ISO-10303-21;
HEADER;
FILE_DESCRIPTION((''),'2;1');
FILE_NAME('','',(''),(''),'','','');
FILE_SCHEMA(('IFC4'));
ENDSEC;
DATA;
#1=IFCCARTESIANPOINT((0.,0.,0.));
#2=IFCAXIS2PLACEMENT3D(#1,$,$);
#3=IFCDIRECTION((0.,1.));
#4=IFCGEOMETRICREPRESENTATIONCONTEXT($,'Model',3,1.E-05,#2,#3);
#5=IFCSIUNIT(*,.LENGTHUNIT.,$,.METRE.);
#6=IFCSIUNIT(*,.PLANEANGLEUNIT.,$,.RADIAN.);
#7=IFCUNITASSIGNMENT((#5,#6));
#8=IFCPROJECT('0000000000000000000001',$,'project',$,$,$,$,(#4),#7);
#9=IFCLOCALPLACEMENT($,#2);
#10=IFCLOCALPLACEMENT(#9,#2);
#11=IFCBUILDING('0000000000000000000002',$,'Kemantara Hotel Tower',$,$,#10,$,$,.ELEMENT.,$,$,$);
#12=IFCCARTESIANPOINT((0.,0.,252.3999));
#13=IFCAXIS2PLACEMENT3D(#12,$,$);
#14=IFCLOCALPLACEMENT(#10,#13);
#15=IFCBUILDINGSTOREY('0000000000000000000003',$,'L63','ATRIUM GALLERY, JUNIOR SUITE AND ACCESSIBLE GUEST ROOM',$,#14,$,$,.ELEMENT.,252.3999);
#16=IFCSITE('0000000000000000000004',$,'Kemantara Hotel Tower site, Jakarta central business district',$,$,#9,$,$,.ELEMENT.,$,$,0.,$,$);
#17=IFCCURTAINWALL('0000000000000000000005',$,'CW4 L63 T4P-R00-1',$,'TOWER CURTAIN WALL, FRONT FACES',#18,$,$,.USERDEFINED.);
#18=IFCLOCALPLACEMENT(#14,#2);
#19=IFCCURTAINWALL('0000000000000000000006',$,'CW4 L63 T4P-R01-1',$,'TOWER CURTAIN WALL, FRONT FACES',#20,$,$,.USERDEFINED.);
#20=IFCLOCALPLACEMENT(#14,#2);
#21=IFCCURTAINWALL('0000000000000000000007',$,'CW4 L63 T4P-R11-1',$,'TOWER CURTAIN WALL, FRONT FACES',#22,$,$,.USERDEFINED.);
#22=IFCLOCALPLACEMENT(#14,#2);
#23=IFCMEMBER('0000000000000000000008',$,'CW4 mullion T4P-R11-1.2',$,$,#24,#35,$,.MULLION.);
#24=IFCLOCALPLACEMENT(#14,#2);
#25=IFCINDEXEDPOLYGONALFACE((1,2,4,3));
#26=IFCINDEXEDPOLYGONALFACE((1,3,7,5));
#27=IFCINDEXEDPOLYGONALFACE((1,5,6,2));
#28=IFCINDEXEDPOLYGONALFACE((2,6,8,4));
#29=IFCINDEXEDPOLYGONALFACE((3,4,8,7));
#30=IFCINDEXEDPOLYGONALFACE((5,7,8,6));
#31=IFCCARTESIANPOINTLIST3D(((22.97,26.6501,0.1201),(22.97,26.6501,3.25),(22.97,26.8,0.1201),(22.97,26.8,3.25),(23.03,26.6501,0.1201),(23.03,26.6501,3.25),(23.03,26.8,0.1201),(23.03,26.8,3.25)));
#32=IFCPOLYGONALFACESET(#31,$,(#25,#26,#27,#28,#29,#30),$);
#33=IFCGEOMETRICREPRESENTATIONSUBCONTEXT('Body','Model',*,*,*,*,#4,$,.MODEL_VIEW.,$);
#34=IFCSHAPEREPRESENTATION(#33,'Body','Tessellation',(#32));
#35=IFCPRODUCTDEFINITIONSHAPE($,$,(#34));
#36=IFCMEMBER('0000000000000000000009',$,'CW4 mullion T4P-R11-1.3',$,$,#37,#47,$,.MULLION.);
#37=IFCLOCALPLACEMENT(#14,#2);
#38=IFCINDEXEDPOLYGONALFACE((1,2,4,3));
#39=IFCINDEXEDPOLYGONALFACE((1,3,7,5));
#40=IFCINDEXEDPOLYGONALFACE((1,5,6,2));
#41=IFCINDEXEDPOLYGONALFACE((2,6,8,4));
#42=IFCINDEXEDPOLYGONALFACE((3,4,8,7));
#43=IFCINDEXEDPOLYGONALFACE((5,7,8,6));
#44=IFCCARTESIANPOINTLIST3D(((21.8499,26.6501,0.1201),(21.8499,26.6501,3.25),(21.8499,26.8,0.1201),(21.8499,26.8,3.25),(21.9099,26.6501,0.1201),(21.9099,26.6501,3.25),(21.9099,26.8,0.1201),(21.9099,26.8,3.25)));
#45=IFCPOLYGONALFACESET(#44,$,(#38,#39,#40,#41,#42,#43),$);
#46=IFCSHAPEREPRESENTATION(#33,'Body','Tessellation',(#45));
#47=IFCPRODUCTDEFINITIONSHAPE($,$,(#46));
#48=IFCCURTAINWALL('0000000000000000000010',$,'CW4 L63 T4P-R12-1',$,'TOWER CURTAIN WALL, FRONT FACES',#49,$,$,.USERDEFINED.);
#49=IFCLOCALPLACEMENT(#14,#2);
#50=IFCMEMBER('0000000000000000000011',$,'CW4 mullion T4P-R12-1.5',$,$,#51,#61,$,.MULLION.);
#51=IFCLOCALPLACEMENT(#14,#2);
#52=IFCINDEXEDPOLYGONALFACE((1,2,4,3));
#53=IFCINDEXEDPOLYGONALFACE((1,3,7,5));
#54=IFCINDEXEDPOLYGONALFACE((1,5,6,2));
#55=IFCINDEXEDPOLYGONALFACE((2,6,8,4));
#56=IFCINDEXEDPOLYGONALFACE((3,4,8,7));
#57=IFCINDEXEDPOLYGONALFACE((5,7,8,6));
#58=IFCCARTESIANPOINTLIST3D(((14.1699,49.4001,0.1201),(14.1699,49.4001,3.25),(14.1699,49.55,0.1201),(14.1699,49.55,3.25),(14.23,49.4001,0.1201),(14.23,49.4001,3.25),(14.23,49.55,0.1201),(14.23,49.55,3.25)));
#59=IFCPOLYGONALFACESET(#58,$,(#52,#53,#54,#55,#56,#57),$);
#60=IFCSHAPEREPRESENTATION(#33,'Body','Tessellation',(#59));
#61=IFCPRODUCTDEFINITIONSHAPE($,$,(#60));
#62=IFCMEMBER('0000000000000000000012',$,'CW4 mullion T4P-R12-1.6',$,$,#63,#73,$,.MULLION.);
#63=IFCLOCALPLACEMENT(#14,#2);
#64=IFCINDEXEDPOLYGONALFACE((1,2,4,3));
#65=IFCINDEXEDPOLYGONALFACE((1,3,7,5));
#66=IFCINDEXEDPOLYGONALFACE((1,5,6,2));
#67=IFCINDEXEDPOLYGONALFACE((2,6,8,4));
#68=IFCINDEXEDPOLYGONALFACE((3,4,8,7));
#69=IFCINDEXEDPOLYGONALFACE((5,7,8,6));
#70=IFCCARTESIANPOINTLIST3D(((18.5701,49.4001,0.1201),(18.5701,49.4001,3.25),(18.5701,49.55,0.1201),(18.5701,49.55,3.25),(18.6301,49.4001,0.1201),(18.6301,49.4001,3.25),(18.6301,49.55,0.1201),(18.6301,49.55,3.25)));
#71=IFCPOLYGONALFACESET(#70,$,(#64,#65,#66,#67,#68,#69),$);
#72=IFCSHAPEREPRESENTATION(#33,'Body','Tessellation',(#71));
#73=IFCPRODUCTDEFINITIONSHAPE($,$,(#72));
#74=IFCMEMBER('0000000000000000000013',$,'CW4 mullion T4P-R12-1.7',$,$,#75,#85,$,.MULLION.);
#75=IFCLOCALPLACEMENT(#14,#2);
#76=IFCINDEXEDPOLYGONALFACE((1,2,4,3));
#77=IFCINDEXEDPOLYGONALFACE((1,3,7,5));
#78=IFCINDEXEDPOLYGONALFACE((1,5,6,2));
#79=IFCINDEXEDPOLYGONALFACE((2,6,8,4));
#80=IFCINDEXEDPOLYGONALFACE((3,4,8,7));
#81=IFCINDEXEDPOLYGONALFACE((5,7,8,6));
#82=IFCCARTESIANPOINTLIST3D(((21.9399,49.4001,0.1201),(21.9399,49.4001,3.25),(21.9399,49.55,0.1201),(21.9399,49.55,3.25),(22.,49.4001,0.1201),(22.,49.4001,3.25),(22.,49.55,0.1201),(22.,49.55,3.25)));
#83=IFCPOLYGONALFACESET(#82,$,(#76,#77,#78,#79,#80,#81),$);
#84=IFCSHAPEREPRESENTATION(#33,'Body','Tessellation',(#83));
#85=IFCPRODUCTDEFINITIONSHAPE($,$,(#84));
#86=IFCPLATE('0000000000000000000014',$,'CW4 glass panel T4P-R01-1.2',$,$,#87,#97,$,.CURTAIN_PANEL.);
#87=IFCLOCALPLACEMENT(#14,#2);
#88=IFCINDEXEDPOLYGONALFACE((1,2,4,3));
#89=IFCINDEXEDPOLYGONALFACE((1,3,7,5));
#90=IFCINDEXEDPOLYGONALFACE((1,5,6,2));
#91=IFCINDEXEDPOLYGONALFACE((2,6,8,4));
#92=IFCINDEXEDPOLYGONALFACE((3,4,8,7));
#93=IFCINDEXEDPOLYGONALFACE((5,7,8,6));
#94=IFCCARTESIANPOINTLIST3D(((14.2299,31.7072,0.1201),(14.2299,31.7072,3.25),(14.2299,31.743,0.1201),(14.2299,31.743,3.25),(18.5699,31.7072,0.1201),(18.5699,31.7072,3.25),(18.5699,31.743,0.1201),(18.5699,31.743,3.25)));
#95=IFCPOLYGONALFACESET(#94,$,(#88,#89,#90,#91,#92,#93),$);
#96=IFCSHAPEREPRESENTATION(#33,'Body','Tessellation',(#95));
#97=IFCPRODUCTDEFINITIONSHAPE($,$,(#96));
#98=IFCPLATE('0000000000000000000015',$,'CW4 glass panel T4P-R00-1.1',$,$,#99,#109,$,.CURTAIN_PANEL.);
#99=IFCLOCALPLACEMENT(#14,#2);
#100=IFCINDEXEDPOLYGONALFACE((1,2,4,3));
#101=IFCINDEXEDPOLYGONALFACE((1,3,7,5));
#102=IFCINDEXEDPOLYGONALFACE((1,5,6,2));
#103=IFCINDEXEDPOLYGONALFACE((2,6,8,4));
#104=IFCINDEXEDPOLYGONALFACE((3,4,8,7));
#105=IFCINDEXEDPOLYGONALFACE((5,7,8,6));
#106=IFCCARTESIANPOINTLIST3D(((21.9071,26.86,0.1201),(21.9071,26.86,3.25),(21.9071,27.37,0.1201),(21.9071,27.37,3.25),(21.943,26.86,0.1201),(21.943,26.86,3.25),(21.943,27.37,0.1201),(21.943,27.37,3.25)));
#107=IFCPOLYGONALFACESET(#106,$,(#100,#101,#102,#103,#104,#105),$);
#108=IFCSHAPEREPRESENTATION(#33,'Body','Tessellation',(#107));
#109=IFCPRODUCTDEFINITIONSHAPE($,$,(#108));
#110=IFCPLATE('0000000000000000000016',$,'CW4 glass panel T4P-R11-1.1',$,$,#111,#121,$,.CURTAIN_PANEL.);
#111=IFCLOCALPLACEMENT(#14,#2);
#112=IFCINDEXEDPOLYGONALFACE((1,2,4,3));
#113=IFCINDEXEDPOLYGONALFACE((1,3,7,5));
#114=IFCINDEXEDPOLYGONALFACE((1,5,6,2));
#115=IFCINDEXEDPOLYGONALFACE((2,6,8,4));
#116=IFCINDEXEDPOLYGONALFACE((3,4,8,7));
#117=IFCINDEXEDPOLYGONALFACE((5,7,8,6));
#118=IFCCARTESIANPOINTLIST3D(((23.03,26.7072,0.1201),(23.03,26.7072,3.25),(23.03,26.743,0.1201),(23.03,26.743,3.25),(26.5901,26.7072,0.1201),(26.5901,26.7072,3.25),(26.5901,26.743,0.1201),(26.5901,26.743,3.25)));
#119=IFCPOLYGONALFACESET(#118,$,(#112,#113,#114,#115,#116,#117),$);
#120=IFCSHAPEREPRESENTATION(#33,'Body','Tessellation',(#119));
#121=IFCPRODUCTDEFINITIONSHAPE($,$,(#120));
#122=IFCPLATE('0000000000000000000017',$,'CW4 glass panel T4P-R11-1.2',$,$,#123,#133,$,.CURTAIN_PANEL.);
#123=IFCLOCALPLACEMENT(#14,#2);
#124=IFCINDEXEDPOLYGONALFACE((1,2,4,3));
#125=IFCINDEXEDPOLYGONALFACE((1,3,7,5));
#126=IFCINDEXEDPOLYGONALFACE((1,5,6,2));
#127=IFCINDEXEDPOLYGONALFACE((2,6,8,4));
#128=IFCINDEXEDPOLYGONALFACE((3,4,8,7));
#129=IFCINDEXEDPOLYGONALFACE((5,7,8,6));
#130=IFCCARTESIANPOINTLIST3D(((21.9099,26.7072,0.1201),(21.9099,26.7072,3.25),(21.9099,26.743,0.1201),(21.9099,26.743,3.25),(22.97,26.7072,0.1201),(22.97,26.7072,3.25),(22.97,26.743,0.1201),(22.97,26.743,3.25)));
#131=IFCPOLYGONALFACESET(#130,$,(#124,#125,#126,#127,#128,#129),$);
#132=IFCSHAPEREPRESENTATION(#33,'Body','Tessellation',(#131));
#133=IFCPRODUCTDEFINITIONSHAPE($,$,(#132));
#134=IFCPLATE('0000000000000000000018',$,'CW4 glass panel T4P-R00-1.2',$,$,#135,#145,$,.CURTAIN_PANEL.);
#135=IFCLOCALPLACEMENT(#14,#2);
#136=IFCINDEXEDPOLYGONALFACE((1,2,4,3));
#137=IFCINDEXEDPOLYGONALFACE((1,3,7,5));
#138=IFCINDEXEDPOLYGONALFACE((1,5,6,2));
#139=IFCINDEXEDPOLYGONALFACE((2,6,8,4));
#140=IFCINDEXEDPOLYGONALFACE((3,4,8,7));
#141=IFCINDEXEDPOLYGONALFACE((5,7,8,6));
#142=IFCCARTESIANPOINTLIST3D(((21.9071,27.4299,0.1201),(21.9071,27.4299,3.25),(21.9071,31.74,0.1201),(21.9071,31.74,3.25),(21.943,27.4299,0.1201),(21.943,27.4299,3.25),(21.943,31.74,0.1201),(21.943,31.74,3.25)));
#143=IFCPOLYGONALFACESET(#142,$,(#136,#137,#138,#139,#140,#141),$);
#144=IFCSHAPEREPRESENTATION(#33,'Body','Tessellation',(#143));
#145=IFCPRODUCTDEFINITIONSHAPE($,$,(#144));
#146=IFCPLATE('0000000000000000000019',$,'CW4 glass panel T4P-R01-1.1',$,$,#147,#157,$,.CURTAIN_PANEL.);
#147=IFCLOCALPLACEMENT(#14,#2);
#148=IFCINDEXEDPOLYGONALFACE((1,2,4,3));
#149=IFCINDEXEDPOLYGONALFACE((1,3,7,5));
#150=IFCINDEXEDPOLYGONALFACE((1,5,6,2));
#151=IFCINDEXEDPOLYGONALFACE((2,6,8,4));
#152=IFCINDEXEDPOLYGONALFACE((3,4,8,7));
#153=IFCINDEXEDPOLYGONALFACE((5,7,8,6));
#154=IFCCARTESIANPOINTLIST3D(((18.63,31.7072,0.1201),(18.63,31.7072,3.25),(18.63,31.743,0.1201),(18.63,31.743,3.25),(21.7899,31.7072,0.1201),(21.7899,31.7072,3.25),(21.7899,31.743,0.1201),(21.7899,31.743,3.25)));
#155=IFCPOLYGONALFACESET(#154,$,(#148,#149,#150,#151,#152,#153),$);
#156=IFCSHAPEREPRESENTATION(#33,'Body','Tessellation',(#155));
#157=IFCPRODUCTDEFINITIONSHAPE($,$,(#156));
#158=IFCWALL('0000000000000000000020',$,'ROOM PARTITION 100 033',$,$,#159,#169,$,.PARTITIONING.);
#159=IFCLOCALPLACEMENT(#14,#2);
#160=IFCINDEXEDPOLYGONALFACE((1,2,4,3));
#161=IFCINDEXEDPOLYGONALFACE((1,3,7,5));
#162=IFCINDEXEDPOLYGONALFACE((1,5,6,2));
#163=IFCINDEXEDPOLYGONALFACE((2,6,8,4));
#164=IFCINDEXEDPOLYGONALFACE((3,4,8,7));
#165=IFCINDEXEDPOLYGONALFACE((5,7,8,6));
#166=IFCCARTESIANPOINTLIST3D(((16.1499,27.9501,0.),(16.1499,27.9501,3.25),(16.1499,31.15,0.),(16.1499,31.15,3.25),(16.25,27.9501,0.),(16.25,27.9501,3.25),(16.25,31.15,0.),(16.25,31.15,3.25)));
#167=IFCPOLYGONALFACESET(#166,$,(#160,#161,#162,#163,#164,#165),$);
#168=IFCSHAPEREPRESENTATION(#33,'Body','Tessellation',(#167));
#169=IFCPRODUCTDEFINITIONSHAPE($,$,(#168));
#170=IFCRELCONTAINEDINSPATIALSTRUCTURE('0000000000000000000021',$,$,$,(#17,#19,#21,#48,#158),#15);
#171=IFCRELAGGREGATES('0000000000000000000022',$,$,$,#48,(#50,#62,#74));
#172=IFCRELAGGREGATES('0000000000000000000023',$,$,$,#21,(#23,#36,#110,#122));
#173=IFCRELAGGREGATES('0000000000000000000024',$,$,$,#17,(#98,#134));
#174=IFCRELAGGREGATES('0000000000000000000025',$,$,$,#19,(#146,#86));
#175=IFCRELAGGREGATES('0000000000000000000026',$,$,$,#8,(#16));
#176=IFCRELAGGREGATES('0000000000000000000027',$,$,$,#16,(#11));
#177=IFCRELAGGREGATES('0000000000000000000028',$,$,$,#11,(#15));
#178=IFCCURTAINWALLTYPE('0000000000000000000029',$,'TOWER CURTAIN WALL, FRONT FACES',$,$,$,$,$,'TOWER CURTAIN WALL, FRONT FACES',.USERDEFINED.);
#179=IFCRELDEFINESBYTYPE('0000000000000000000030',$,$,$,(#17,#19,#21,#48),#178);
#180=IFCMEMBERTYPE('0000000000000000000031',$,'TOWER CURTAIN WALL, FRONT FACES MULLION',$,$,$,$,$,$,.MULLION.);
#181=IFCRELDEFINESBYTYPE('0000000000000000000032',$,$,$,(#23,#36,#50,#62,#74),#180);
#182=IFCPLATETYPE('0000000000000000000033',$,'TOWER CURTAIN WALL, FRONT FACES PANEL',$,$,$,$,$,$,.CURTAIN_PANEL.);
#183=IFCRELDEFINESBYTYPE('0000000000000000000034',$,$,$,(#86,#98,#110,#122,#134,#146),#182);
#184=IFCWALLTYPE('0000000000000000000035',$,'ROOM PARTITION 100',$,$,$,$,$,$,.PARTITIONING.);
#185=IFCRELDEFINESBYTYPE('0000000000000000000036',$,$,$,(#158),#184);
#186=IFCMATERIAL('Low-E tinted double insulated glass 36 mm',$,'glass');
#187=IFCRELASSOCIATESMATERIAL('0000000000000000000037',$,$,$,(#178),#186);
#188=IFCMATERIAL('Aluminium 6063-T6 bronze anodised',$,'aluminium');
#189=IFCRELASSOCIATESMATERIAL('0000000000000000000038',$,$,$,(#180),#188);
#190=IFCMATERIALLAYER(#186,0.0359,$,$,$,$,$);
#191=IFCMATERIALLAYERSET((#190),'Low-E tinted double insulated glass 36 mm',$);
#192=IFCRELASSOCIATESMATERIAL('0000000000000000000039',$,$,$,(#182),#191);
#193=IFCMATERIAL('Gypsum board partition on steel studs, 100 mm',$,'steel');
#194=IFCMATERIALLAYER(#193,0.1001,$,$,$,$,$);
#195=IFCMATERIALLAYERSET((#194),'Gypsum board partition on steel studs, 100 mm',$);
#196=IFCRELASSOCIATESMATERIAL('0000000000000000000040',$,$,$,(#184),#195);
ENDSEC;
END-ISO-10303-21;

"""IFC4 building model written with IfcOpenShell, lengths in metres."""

from ifc_helpers import new_model, si_unit, direction, frame, frame_2d, origin, origin_2d, place, context, subcontext, project, spatial, rectangle, extrude, source, transform, mapped, material, layer, layer_set, material_profile, profile_set, type_object, element, aggregate, save


model = new_model("IFC4")

# Units and contexts
model_context = context("Model", 3, precision=1e-05, world=origin(), true_north=direction((0.0, 1.0)))
body_context = subcontext(model_context, "Body", "Model", "MODEL_VIEW")
ifc_project = project(units=[si_unit("LENGTHUNIT", "METRE"), si_unit("PLANEANGLEUNIT", "RADIAN")], contexts=[model_context])

# Site, building, storey
site_placement = place(None, origin())
site = spatial("IfcSite", under=ifc_project, at=site_placement, Name="Kemantara Hotel Tower site, Jakarta central business district", CompositionType="ELEMENT", RefElevation=0.0)
building_placement = place(site_placement, origin())
building = spatial("IfcBuilding", under=site, at=building_placement, Name="Kemantara Hotel Tower", CompositionType="ELEMENT")
storey_placement = place(building_placement, frame((0.0, 0.0, 252.3999)))
storey = spatial("IfcBuildingStorey", under=building, at=storey_placement, Name="L63", Description="ATRIUM GALLERY, JUNIOR SUITE AND ACCESSIBLE GUEST ROOM", CompositionType="ELEMENT", Elevation=252.3999)

# Curtain walls
ifc_material_1 = material(Name="Low-E tinted double insulated glass 36 mm", Category="glass")
curtain_wall_type = type_object("IfcCurtainWallType", Name="TOWER CURTAIN WALL, FRONT FACES", ElementType="TOWER CURTAIN WALL, FRONT FACES", PredefinedType="USERDEFINED", material=ifc_material_1)
curtain_wall_1_placement = place(storey_placement, origin())
curtain_wall_1 = element("IfcCurtainWall", 1, at=curtain_wall_1_placement, inside=storey, type_object=curtain_wall_type, Name="CW4 L63 T4P-R00-1", ObjectType="TOWER CURTAIN WALL, FRONT FACES", PredefinedType="USERDEFINED")
ifc_material_2 = material(Name="Aluminium 6063-T6 bronze anodised", Category="aluminium")
curtain_wall_2_placement = place(storey_placement, origin())
curtain_wall_2 = element("IfcCurtainWall", 2, at=curtain_wall_2_placement, inside=storey, type_object=curtain_wall_type, Name="CW4 L63 T4P-R01-1", ObjectType="TOWER CURTAIN WALL, FRONT FACES", PredefinedType="USERDEFINED")
curtain_wall_3_placement = place(storey_placement, origin())
curtain_wall_3 = element("IfcCurtainWall", 3, at=curtain_wall_3_placement, inside=storey, type_object=curtain_wall_type, Name="CW4 L63 T4P-R11-1", ObjectType="TOWER CURTAIN WALL, FRONT FACES", PredefinedType="USERDEFINED")

# Shared definitions
ifc_material_profile_1 = material_profile(ifc_material_2, rectangle(XDim=0.1499, YDim=0.0601, at=origin_2d()), Name="TOWER CURTAIN WALL, FRONT FACES MULLION")
ifc_profile_set_1 = profile_set([ifc_material_profile_1], Name="Aluminium 6063-T6 bronze anodised")
member_type_1 = type_object("IfcMemberType", Name="TOWER CURTAIN WALL, FRONT FACES MULLION", PredefinedType="MULLION", material=ifc_profile_set_1)
shared_shape_1 = source(origin(), body_context, "Body", "SweptSolid", [
    extrude(rectangle(XDim=0.1499, YDim=0.0601, at=origin_2d()), origin(), (0.0, 0.0, 1.0), 3.1299),
])

# Members
member_1_placement = place(storey_placement, frame((23.0, 26.7251, 0.1201), z_axis=(0.0, 0.0, 1.0), x_axis=(0.0, -1.0, 0.0)))
member_1 = element("IfcMember", 4, at=member_1_placement, type_object=member_type_1, Name="CW4 mullion T4P-R11-1.2", PredefinedType="MULLION", context=body_context, shape_type="MappedRepresentation", body=[
    mapped(shared_shape_1, transform((0.0, 0.0, 0.0))),
])
member_2_placement = place(storey_placement, frame((21.8799, 26.7251, 0.1201), z_axis=(0.0, 0.0, 1.0), x_axis=(0.0, -1.0, 0.0)))
member_2 = element("IfcMember", 5, at=member_2_placement, type_object=member_type_1, Name="CW4 mullion T4P-R11-1.3", PredefinedType="MULLION", context=body_context, shape_type="MappedRepresentation", body=[
    mapped(shared_shape_1, transform((0.0, 0.0, 0.0))),
])

# Curtain wall, members
curtain_wall_4_placement = place(storey_placement, origin())
curtain_wall_4 = element("IfcCurtainWall", 6, at=curtain_wall_4_placement, inside=storey, type_object=curtain_wall_type, Name="CW4 L63 T4P-R12-1", ObjectType="TOWER CURTAIN WALL, FRONT FACES", PredefinedType="USERDEFINED")
member_3_placement = place(storey_placement, frame((14.2, 49.4751, 0.1201), z_axis=(0.0, 0.0, 1.0), x_axis=(0.0, 1.0, 0.0)))
member_3 = element("IfcMember", 7, at=member_3_placement, type_object=member_type_1, Name="CW4 mullion T4P-R12-1.5", PredefinedType="MULLION", context=body_context, shape_type="MappedRepresentation", body=[
    mapped(shared_shape_1, transform((0.0, 0.0, 0.0))),
])
member_4_placement = place(storey_placement, frame((18.6001, 49.4751, 0.1201), z_axis=(0.0, 0.0, 1.0), x_axis=(0.0, 1.0, 0.0)))
member_4 = element("IfcMember", 8, at=member_4_placement, type_object=member_type_1, Name="CW4 mullion T4P-R12-1.6", PredefinedType="MULLION", context=body_context, shape_type="MappedRepresentation", body=[
    mapped(shared_shape_1, transform((0.0, 0.0, 0.0))),
])
member_5_placement = place(storey_placement, frame((21.97, 49.4751, 0.1201), z_axis=(0.0, 0.0, 1.0), x_axis=(0.0, 1.0, 0.0)))
member_5 = element("IfcMember", 9, at=member_5_placement, type_object=member_type_1, Name="CW4 mullion T4P-R12-1.7", PredefinedType="MULLION", context=body_context, shape_type="MappedRepresentation", body=[
    mapped(shared_shape_1, transform((0.0, 0.0, 0.0))),
])
aggregate(curtain_wall_4, [member_3, member_4, member_5])

# Plates
ifc_layer_1 = layer(ifc_material_1, 0.0359)
ifc_layer_set_1 = layer_set([ifc_layer_1], Name="Low-E tinted double insulated glass 36 mm")
plate_type = type_object("IfcPlateType", Name="TOWER CURTAIN WALL, FRONT FACES PANEL", PredefinedType="CURTAIN_PANEL", material=ifc_layer_set_1)
shared_shape_2 = source(origin(), body_context, "Body", "SweptSolid", [
    extrude(rectangle(XDim=4.3401, YDim=0.0359, at=origin_2d()), origin(), (0.0, 0.0, 1.0), 3.1299),
])
plate_1_placement = place(storey_placement, frame((16.3999, 31.7251, 0.1201), z_axis=(0.0, 0.0, 1.0), x_axis=(-1.0, 0.0, 0.0)))
plate_1 = element("IfcPlate", 10, at=plate_1_placement, type_object=plate_type, Name="CW4 glass panel T4P-R01-1.2", PredefinedType="CURTAIN_PANEL", context=body_context, shape_type="MappedRepresentation", body=[
    mapped(shared_shape_2, transform((0.0, 0.0, 0.0))),
])
shared_shape_3 = source(origin(), body_context, "Body", "SweptSolid", [
    extrude(rectangle(XDim=0.51, YDim=0.0359, at=origin_2d()), origin(), (0.0, 0.0, 1.0), 3.1299),
])
plate_2_placement = place(storey_placement, frame((21.925, 27.115, 0.1201), z_axis=(0.0, 0.0, 1.0), x_axis=(0.0, 1.0, 0.0)))
plate_2 = element("IfcPlate", 11, at=plate_2_placement, type_object=plate_type, Name="CW4 glass panel T4P-R00-1.1", PredefinedType="CURTAIN_PANEL", context=body_context, shape_type="MappedRepresentation", body=[
    mapped(shared_shape_3, transform((0.0, 0.0, 0.0))),
])
shared_shape_4 = source(origin(), body_context, "Body", "SweptSolid", [
    extrude(rectangle(XDim=3.5601, YDim=0.0359, at=origin_2d()), origin(), (0.0, 0.0, 1.0), 3.1299),
])
plate_3_placement = place(storey_placement, frame((24.8101, 26.7251, 0.1201), z_axis=(0.0, 0.0, 1.0), x_axis=(-1.0, 0.0, 0.0)))
plate_3 = element("IfcPlate", 12, at=plate_3_placement, type_object=plate_type, Name="CW4 glass panel T4P-R11-1.1", PredefinedType="CURTAIN_PANEL", context=body_context, shape_type="MappedRepresentation", body=[
    mapped(shared_shape_4, transform((0.0, 0.0, 0.0))),
])
shared_shape_5 = source(origin(), body_context, "Body", "SweptSolid", [
    extrude(rectangle(XDim=1.0601, YDim=0.0359, at=origin_2d()), origin(), (0.0, 0.0, 1.0), 3.1299),
])
plate_4_placement = place(storey_placement, frame((22.4399, 26.7251, 0.1201), z_axis=(0.0, 0.0, 1.0), x_axis=(-1.0, 0.0, 0.0)))
plate_4 = element("IfcPlate", 13, at=plate_4_placement, type_object=plate_type, Name="CW4 glass panel T4P-R11-1.2", PredefinedType="CURTAIN_PANEL", context=body_context, shape_type="MappedRepresentation", body=[
    mapped(shared_shape_5, transform((0.0, 0.0, 0.0))),
])
aggregate(curtain_wall_3, [member_1, member_2, plate_3, plate_4])
shared_shape_6 = source(origin(), body_context, "Body", "SweptSolid", [
    extrude(rectangle(XDim=4.3101, YDim=0.0359, at=origin_2d()), origin(), (0.0, 0.0, 1.0), 3.1299),
])
plate_5_placement = place(storey_placement, frame((21.925, 29.585, 0.1201), z_axis=(0.0, 0.0, 1.0), x_axis=(0.0, 1.0, 0.0)))
plate_5 = element("IfcPlate", 14, at=plate_5_placement, type_object=plate_type, Name="CW4 glass panel T4P-R00-1.2", PredefinedType="CURTAIN_PANEL", context=body_context, shape_type="MappedRepresentation", body=[
    mapped(shared_shape_6, transform((0.0, 0.0, 0.0))),
])
aggregate(curtain_wall_1, [plate_2, plate_5])
shared_shape_7 = source(origin(), body_context, "Body", "SweptSolid", [
    extrude(rectangle(XDim=3.1599, YDim=0.0359, at=origin_2d()), origin(), (0.0, 0.0, 1.0), 3.1299),
])
plate_6_placement = place(storey_placement, frame((20.21, 31.7251, 0.1201), z_axis=(0.0, 0.0, 1.0), x_axis=(-1.0, 0.0, 0.0)))
plate_6 = element("IfcPlate", 15, at=plate_6_placement, type_object=plate_type, Name="CW4 glass panel T4P-R01-1.1", PredefinedType="CURTAIN_PANEL", context=body_context, shape_type="MappedRepresentation", body=[
    mapped(shared_shape_7, transform((0.0, 0.0, 0.0))),
])
aggregate(curtain_wall_2, [plate_6, plate_1])

# Wall
ifc_material_3 = material(Name="Gypsum board partition on steel studs, 100 mm", Category="steel")
ifc_layer_2 = layer(ifc_material_3, 0.1001)
ifc_layer_set_2 = layer_set([ifc_layer_2], Name="Gypsum board partition on steel studs, 100 mm")
wall_type = type_object("IfcWallType", Name="ROOM PARTITION 100", PredefinedType="PARTITIONING", material=ifc_layer_set_2)
wall_placement = place(storey_placement, frame((16.2, 27.95, 0.0), z_axis=(0.0, 0.0, 1.0), x_axis=(0.0, 1.0, 0.0)))
element("IfcWall", 16, at=wall_placement, inside=storey, type_object=wall_type, Name="ROOM PARTITION 100 033", PredefinedType="PARTITIONING", context=body_context, shape_type="SweptSolid", body=[
    extrude(rectangle(XDim=3.2, YDim=0.1001, at=frame_2d((1.6001, 0.0))), origin(), (0.0, 0.0, 1.0), 3.25),
])

save(model, "model.ifc")
